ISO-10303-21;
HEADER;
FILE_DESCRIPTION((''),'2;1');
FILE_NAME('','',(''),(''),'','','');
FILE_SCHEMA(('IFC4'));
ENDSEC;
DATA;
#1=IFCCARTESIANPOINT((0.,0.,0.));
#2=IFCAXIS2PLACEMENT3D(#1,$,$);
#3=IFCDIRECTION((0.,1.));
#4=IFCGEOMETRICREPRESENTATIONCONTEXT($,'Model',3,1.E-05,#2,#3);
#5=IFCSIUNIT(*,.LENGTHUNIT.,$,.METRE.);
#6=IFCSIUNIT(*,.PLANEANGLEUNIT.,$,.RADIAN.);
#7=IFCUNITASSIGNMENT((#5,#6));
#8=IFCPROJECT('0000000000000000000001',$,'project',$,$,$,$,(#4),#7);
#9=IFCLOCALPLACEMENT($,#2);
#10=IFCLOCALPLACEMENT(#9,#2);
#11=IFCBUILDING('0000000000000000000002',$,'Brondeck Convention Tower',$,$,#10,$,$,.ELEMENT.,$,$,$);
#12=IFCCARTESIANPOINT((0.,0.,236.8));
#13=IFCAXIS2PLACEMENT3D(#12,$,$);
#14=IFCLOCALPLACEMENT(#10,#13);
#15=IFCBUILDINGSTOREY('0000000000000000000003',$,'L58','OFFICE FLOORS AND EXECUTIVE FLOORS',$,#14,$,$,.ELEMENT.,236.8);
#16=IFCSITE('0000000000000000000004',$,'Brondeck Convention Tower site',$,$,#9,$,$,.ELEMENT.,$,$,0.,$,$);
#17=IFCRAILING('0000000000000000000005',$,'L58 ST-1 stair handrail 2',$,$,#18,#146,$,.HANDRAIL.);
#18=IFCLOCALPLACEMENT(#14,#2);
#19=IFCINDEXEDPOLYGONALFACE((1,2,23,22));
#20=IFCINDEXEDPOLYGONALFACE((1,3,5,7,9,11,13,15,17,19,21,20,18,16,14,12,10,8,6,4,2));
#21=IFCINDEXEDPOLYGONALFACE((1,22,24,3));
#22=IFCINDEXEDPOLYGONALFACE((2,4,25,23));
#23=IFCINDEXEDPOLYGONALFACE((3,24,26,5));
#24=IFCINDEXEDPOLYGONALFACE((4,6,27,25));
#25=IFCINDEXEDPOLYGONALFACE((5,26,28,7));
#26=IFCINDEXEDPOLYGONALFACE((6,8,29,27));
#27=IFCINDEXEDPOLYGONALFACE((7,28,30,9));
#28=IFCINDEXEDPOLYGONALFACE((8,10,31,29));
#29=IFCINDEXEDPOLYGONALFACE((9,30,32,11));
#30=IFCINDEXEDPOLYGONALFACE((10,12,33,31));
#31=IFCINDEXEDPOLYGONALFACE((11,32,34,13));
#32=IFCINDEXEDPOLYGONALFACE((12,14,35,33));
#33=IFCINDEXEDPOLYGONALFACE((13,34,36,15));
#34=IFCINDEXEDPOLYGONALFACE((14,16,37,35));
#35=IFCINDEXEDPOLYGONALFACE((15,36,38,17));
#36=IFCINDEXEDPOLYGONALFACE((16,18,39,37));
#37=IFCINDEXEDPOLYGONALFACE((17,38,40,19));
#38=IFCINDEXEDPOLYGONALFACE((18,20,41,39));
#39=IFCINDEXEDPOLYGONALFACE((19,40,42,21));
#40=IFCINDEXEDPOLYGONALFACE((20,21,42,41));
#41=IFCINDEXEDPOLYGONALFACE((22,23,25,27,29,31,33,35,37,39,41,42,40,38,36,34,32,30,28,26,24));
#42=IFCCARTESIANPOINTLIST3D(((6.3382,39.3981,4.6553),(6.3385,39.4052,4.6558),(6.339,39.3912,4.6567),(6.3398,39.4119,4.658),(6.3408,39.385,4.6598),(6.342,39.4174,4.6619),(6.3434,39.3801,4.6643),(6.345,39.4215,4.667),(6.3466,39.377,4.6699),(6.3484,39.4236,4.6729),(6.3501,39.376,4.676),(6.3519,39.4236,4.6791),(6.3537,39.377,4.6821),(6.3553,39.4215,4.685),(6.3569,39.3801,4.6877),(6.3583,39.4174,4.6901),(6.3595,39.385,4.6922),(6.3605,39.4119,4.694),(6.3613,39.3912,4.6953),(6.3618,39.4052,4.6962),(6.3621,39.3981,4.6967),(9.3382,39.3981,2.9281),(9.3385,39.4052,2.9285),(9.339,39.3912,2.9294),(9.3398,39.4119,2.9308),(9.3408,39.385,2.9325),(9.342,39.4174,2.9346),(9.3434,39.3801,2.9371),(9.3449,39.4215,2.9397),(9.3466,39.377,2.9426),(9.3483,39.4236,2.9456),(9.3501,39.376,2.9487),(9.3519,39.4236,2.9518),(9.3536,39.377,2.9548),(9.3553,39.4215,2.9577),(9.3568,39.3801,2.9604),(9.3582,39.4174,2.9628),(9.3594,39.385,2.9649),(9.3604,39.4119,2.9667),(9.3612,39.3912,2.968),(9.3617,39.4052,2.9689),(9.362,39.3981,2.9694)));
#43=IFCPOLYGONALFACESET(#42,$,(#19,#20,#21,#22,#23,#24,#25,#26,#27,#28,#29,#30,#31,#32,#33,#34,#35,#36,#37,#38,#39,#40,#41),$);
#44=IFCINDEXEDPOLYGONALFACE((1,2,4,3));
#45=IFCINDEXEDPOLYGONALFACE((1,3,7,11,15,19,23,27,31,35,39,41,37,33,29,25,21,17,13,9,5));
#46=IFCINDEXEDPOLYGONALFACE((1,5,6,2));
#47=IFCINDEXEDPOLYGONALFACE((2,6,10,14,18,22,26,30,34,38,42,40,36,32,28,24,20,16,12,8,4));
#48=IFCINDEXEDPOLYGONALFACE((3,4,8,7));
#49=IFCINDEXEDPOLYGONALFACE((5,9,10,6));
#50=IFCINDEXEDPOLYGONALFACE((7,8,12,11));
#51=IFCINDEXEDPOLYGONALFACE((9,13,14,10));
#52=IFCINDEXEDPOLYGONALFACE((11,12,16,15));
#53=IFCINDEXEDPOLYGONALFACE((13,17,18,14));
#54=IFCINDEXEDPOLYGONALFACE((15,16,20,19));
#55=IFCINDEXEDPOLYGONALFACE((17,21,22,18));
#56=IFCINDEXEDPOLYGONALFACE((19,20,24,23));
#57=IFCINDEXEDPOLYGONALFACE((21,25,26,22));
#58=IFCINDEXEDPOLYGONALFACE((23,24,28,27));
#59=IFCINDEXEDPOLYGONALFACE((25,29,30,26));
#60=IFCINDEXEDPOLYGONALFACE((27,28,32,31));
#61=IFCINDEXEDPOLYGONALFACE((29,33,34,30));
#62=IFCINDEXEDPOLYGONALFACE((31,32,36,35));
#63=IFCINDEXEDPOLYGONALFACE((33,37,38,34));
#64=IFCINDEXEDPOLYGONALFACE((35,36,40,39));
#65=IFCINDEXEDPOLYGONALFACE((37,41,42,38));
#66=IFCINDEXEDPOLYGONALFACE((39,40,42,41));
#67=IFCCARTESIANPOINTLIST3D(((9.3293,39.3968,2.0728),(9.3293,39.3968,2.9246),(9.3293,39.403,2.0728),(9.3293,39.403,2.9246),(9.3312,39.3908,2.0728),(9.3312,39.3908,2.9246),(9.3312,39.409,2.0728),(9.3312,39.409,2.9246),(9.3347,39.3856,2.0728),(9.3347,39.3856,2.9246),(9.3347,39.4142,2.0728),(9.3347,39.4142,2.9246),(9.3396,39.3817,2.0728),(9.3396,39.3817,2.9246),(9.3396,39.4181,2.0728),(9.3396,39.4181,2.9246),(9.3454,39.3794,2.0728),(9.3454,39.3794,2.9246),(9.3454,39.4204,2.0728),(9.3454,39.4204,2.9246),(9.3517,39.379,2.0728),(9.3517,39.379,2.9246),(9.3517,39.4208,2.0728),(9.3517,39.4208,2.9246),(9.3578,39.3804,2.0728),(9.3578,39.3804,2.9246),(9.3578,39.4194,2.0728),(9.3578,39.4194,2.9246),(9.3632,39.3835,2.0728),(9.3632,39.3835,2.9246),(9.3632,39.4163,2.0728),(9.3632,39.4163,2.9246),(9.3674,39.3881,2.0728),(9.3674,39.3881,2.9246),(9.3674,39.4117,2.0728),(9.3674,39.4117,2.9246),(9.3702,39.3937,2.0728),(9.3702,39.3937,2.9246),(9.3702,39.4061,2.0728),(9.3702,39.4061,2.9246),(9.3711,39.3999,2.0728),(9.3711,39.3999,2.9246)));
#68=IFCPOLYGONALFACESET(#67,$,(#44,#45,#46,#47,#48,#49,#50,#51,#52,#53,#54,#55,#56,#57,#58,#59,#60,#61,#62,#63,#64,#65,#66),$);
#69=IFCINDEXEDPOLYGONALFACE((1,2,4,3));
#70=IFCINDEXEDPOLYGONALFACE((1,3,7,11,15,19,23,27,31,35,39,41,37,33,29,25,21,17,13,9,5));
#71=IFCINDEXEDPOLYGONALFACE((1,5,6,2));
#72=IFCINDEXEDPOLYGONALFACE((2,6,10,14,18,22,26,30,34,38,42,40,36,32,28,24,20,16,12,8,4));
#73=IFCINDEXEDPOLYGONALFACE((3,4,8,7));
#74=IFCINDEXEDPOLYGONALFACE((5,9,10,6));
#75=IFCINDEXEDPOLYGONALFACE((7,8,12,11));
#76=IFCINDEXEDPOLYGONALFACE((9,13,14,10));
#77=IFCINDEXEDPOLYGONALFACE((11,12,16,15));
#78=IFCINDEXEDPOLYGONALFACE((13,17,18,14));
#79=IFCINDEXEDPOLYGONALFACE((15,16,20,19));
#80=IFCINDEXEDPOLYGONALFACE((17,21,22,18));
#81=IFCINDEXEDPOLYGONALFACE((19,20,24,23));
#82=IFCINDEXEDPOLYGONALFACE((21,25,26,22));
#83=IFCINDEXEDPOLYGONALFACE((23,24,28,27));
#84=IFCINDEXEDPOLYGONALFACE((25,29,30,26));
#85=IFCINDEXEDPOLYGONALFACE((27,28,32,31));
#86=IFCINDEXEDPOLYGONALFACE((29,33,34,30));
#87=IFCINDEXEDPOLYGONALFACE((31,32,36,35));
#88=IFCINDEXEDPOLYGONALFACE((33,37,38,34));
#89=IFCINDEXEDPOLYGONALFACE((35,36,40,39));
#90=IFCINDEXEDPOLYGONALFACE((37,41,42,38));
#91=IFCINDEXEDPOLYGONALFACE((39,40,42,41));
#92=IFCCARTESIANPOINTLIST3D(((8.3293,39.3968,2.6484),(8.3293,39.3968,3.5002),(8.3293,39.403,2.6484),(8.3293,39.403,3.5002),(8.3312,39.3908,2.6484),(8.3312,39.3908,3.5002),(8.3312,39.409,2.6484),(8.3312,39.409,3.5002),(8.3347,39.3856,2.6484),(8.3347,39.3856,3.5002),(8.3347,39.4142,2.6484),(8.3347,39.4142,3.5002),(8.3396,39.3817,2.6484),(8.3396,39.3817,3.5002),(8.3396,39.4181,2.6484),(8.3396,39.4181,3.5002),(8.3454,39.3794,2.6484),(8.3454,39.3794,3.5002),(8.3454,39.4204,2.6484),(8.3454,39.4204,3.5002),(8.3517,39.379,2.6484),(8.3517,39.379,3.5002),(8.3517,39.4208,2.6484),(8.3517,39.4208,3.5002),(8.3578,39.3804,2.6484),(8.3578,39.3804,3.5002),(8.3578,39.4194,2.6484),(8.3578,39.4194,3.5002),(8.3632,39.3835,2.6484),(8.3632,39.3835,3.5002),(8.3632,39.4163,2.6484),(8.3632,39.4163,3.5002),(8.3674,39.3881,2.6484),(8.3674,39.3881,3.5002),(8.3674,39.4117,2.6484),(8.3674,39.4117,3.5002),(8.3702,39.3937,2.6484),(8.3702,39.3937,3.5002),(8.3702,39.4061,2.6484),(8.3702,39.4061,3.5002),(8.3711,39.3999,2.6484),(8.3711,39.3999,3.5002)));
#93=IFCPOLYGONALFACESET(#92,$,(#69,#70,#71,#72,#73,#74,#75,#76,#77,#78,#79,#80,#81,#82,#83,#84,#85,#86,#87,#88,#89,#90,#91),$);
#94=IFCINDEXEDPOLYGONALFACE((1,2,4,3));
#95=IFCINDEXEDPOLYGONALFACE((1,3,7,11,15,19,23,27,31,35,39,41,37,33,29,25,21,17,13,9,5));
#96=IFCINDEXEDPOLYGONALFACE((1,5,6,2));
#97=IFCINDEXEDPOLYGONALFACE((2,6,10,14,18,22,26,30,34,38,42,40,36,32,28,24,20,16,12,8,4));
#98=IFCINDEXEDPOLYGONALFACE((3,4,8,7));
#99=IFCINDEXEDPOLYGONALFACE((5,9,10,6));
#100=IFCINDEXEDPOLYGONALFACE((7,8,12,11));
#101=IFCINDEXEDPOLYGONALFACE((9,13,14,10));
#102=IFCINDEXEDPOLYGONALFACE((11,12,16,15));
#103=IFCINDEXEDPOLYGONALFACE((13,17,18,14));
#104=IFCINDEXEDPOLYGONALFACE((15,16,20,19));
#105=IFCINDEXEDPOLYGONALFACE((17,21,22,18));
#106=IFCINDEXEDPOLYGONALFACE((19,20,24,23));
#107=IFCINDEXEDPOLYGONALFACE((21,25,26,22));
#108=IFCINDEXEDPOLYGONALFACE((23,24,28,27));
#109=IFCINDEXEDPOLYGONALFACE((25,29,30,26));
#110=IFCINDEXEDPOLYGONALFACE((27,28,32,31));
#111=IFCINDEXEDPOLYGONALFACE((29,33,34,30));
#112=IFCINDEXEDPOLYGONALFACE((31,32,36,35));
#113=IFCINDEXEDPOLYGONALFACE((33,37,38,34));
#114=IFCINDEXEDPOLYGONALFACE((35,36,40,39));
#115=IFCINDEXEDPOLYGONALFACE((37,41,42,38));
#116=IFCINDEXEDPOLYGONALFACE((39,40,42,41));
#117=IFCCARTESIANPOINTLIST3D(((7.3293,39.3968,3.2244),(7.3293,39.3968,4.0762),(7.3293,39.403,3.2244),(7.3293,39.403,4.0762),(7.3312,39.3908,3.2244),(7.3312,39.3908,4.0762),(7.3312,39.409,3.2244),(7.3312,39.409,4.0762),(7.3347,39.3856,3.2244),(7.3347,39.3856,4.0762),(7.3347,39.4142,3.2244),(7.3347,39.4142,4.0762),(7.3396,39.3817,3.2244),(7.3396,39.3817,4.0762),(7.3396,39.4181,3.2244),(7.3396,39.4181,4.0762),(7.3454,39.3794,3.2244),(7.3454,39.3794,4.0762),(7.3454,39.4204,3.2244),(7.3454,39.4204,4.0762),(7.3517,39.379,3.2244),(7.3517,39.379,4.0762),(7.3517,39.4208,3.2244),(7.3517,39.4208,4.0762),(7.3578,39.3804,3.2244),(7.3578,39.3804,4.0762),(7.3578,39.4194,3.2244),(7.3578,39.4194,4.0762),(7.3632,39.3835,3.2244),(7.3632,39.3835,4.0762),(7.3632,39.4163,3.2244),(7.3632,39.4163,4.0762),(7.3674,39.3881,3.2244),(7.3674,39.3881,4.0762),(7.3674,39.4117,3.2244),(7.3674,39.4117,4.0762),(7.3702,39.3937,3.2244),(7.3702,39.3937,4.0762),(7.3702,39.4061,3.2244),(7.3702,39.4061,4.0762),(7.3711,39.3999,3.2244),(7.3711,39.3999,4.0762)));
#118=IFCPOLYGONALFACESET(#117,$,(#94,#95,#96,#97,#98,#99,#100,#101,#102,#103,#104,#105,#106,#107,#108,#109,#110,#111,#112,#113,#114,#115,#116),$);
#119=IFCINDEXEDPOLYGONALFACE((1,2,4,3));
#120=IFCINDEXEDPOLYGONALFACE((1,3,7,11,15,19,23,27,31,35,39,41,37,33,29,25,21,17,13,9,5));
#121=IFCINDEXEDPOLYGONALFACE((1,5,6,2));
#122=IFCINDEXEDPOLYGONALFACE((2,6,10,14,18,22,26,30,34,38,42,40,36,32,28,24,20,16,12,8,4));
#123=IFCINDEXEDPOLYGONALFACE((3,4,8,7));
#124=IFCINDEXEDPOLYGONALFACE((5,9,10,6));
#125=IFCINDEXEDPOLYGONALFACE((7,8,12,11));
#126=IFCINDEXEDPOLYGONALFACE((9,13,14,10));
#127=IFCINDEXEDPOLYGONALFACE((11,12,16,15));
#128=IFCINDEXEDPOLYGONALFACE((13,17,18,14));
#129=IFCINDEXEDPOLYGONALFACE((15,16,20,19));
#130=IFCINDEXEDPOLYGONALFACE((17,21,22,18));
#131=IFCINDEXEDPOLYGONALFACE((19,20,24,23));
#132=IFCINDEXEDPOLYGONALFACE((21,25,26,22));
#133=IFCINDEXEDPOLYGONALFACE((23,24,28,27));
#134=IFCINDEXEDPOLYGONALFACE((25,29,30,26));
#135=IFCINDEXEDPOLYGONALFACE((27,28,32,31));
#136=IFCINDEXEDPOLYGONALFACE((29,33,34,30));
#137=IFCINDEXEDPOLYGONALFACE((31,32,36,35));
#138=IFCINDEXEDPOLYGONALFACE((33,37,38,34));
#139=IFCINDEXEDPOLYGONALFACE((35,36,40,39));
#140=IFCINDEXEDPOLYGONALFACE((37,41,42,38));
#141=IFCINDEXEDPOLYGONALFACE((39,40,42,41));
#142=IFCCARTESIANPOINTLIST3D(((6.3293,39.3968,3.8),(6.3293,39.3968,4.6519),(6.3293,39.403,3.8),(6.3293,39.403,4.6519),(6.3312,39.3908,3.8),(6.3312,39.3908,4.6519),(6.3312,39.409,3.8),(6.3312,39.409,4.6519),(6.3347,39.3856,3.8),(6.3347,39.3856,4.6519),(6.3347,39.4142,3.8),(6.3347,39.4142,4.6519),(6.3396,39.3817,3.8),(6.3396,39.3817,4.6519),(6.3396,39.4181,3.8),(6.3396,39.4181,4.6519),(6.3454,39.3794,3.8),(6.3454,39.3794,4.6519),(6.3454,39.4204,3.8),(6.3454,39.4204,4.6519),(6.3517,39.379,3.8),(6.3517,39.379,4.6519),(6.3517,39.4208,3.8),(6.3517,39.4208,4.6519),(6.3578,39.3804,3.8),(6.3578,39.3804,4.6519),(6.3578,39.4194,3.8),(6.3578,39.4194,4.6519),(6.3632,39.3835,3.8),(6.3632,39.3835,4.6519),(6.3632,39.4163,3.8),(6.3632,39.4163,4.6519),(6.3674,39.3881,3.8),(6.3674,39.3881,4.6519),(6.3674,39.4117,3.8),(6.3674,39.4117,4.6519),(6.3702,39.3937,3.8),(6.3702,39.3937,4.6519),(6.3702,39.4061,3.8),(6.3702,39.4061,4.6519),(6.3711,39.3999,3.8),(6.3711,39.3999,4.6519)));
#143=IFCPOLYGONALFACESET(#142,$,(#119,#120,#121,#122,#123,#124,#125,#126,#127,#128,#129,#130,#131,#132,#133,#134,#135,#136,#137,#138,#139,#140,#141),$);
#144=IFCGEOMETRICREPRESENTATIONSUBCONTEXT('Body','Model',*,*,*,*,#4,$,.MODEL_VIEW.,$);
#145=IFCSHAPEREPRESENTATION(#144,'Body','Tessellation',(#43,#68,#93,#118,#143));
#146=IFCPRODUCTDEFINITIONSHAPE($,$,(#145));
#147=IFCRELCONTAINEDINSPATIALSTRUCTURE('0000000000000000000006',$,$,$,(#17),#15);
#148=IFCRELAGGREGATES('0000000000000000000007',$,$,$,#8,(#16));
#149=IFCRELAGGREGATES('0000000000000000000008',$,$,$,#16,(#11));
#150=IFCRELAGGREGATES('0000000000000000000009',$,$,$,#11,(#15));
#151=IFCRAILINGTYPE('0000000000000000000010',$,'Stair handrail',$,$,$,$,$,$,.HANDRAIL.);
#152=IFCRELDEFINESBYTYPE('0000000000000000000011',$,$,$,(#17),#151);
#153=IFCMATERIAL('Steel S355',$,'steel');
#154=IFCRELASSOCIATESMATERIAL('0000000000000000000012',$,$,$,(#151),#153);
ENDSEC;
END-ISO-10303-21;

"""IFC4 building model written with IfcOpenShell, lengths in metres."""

from ifc_helpers import new_model, si_unit, direction, frame, origin, origin_2d, place, context, subcontext, project, spatial, circle, extrude, material, type_object, element, save


model = new_model("IFC4")

# Units and contexts
model_context = context("Model", 3, precision=1e-05, world=origin(), true_north=direction((0.0, 1.0)))
body_context = subcontext(model_context, "Body", "Model", "MODEL_VIEW")
ifc_project = project(units=[si_unit("LENGTHUNIT", "METRE"), si_unit("PLANEANGLEUNIT", "RADIAN")], contexts=[model_context])

# Site, building, storey
site_placement = place(None, origin())
site = spatial("IfcSite", under=ifc_project, at=site_placement, Name="Brondeck Convention Tower site", CompositionType="ELEMENT", RefElevation=0.0)
building_placement = place(site_placement, origin())
building = spatial("IfcBuilding", under=site, at=building_placement, Name="Brondeck Convention Tower", CompositionType="ELEMENT")
storey_placement = place(building_placement, frame((0.0, 0.0, 236.8)))
storey = spatial("IfcBuildingStorey", under=building, at=storey_placement, Name="L58", Description="OFFICE FLOORS AND EXECUTIVE FLOORS", CompositionType="ELEMENT", Elevation=236.8)

# Shared definitions
ifc_material_1 = material(Name="Steel S355", Category="steel")

# Railing
railing_type_1 = type_object("IfcRailingType", Name="Stair handrail", PredefinedType="HANDRAIL", material=ifc_material_1)
railing_1_placement = place(storey_placement, frame((9.3501, 39.3999, 2.0728)))
element("IfcRailing", 1, at=railing_1_placement, inside=storey, type_object=railing_type_1, Name="L58 ST-1 stair handrail 2", PredefinedType="HANDRAIL", context=body_context, shape_type="SweptSolid", body=[
    extrude(circle(Radius=0.0239, at=origin_2d()), frame((0.0, 0.0, 0.876), z_axis=(-0.86662, 0.0, 0.498969), x_axis=(0.0, -1.0, 0.0)), (0.0, 0.0, 1.0), 3.4617),
    extrude(circle(Radius=0.021, at=origin_2d()), origin(), (0.0, 0.0, 1.0), 0.8518),
    extrude(circle(Radius=0.021, at=origin_2d()), frame((-1.0, 0.0, 0.5757)), (0.0, 0.0, 1.0), 0.8518),
    extrude(circle(Radius=0.021, at=origin_2d()), frame((-2.0, 0.0, 1.1516)), (0.0, 0.0, 1.0), 0.8518),
    extrude(circle(Radius=0.021, at=origin_2d()), frame((-3.0, 0.0, 1.7273)), (0.0, 0.0, 1.0), 0.8518),
])

save(model, "model.ifc")
